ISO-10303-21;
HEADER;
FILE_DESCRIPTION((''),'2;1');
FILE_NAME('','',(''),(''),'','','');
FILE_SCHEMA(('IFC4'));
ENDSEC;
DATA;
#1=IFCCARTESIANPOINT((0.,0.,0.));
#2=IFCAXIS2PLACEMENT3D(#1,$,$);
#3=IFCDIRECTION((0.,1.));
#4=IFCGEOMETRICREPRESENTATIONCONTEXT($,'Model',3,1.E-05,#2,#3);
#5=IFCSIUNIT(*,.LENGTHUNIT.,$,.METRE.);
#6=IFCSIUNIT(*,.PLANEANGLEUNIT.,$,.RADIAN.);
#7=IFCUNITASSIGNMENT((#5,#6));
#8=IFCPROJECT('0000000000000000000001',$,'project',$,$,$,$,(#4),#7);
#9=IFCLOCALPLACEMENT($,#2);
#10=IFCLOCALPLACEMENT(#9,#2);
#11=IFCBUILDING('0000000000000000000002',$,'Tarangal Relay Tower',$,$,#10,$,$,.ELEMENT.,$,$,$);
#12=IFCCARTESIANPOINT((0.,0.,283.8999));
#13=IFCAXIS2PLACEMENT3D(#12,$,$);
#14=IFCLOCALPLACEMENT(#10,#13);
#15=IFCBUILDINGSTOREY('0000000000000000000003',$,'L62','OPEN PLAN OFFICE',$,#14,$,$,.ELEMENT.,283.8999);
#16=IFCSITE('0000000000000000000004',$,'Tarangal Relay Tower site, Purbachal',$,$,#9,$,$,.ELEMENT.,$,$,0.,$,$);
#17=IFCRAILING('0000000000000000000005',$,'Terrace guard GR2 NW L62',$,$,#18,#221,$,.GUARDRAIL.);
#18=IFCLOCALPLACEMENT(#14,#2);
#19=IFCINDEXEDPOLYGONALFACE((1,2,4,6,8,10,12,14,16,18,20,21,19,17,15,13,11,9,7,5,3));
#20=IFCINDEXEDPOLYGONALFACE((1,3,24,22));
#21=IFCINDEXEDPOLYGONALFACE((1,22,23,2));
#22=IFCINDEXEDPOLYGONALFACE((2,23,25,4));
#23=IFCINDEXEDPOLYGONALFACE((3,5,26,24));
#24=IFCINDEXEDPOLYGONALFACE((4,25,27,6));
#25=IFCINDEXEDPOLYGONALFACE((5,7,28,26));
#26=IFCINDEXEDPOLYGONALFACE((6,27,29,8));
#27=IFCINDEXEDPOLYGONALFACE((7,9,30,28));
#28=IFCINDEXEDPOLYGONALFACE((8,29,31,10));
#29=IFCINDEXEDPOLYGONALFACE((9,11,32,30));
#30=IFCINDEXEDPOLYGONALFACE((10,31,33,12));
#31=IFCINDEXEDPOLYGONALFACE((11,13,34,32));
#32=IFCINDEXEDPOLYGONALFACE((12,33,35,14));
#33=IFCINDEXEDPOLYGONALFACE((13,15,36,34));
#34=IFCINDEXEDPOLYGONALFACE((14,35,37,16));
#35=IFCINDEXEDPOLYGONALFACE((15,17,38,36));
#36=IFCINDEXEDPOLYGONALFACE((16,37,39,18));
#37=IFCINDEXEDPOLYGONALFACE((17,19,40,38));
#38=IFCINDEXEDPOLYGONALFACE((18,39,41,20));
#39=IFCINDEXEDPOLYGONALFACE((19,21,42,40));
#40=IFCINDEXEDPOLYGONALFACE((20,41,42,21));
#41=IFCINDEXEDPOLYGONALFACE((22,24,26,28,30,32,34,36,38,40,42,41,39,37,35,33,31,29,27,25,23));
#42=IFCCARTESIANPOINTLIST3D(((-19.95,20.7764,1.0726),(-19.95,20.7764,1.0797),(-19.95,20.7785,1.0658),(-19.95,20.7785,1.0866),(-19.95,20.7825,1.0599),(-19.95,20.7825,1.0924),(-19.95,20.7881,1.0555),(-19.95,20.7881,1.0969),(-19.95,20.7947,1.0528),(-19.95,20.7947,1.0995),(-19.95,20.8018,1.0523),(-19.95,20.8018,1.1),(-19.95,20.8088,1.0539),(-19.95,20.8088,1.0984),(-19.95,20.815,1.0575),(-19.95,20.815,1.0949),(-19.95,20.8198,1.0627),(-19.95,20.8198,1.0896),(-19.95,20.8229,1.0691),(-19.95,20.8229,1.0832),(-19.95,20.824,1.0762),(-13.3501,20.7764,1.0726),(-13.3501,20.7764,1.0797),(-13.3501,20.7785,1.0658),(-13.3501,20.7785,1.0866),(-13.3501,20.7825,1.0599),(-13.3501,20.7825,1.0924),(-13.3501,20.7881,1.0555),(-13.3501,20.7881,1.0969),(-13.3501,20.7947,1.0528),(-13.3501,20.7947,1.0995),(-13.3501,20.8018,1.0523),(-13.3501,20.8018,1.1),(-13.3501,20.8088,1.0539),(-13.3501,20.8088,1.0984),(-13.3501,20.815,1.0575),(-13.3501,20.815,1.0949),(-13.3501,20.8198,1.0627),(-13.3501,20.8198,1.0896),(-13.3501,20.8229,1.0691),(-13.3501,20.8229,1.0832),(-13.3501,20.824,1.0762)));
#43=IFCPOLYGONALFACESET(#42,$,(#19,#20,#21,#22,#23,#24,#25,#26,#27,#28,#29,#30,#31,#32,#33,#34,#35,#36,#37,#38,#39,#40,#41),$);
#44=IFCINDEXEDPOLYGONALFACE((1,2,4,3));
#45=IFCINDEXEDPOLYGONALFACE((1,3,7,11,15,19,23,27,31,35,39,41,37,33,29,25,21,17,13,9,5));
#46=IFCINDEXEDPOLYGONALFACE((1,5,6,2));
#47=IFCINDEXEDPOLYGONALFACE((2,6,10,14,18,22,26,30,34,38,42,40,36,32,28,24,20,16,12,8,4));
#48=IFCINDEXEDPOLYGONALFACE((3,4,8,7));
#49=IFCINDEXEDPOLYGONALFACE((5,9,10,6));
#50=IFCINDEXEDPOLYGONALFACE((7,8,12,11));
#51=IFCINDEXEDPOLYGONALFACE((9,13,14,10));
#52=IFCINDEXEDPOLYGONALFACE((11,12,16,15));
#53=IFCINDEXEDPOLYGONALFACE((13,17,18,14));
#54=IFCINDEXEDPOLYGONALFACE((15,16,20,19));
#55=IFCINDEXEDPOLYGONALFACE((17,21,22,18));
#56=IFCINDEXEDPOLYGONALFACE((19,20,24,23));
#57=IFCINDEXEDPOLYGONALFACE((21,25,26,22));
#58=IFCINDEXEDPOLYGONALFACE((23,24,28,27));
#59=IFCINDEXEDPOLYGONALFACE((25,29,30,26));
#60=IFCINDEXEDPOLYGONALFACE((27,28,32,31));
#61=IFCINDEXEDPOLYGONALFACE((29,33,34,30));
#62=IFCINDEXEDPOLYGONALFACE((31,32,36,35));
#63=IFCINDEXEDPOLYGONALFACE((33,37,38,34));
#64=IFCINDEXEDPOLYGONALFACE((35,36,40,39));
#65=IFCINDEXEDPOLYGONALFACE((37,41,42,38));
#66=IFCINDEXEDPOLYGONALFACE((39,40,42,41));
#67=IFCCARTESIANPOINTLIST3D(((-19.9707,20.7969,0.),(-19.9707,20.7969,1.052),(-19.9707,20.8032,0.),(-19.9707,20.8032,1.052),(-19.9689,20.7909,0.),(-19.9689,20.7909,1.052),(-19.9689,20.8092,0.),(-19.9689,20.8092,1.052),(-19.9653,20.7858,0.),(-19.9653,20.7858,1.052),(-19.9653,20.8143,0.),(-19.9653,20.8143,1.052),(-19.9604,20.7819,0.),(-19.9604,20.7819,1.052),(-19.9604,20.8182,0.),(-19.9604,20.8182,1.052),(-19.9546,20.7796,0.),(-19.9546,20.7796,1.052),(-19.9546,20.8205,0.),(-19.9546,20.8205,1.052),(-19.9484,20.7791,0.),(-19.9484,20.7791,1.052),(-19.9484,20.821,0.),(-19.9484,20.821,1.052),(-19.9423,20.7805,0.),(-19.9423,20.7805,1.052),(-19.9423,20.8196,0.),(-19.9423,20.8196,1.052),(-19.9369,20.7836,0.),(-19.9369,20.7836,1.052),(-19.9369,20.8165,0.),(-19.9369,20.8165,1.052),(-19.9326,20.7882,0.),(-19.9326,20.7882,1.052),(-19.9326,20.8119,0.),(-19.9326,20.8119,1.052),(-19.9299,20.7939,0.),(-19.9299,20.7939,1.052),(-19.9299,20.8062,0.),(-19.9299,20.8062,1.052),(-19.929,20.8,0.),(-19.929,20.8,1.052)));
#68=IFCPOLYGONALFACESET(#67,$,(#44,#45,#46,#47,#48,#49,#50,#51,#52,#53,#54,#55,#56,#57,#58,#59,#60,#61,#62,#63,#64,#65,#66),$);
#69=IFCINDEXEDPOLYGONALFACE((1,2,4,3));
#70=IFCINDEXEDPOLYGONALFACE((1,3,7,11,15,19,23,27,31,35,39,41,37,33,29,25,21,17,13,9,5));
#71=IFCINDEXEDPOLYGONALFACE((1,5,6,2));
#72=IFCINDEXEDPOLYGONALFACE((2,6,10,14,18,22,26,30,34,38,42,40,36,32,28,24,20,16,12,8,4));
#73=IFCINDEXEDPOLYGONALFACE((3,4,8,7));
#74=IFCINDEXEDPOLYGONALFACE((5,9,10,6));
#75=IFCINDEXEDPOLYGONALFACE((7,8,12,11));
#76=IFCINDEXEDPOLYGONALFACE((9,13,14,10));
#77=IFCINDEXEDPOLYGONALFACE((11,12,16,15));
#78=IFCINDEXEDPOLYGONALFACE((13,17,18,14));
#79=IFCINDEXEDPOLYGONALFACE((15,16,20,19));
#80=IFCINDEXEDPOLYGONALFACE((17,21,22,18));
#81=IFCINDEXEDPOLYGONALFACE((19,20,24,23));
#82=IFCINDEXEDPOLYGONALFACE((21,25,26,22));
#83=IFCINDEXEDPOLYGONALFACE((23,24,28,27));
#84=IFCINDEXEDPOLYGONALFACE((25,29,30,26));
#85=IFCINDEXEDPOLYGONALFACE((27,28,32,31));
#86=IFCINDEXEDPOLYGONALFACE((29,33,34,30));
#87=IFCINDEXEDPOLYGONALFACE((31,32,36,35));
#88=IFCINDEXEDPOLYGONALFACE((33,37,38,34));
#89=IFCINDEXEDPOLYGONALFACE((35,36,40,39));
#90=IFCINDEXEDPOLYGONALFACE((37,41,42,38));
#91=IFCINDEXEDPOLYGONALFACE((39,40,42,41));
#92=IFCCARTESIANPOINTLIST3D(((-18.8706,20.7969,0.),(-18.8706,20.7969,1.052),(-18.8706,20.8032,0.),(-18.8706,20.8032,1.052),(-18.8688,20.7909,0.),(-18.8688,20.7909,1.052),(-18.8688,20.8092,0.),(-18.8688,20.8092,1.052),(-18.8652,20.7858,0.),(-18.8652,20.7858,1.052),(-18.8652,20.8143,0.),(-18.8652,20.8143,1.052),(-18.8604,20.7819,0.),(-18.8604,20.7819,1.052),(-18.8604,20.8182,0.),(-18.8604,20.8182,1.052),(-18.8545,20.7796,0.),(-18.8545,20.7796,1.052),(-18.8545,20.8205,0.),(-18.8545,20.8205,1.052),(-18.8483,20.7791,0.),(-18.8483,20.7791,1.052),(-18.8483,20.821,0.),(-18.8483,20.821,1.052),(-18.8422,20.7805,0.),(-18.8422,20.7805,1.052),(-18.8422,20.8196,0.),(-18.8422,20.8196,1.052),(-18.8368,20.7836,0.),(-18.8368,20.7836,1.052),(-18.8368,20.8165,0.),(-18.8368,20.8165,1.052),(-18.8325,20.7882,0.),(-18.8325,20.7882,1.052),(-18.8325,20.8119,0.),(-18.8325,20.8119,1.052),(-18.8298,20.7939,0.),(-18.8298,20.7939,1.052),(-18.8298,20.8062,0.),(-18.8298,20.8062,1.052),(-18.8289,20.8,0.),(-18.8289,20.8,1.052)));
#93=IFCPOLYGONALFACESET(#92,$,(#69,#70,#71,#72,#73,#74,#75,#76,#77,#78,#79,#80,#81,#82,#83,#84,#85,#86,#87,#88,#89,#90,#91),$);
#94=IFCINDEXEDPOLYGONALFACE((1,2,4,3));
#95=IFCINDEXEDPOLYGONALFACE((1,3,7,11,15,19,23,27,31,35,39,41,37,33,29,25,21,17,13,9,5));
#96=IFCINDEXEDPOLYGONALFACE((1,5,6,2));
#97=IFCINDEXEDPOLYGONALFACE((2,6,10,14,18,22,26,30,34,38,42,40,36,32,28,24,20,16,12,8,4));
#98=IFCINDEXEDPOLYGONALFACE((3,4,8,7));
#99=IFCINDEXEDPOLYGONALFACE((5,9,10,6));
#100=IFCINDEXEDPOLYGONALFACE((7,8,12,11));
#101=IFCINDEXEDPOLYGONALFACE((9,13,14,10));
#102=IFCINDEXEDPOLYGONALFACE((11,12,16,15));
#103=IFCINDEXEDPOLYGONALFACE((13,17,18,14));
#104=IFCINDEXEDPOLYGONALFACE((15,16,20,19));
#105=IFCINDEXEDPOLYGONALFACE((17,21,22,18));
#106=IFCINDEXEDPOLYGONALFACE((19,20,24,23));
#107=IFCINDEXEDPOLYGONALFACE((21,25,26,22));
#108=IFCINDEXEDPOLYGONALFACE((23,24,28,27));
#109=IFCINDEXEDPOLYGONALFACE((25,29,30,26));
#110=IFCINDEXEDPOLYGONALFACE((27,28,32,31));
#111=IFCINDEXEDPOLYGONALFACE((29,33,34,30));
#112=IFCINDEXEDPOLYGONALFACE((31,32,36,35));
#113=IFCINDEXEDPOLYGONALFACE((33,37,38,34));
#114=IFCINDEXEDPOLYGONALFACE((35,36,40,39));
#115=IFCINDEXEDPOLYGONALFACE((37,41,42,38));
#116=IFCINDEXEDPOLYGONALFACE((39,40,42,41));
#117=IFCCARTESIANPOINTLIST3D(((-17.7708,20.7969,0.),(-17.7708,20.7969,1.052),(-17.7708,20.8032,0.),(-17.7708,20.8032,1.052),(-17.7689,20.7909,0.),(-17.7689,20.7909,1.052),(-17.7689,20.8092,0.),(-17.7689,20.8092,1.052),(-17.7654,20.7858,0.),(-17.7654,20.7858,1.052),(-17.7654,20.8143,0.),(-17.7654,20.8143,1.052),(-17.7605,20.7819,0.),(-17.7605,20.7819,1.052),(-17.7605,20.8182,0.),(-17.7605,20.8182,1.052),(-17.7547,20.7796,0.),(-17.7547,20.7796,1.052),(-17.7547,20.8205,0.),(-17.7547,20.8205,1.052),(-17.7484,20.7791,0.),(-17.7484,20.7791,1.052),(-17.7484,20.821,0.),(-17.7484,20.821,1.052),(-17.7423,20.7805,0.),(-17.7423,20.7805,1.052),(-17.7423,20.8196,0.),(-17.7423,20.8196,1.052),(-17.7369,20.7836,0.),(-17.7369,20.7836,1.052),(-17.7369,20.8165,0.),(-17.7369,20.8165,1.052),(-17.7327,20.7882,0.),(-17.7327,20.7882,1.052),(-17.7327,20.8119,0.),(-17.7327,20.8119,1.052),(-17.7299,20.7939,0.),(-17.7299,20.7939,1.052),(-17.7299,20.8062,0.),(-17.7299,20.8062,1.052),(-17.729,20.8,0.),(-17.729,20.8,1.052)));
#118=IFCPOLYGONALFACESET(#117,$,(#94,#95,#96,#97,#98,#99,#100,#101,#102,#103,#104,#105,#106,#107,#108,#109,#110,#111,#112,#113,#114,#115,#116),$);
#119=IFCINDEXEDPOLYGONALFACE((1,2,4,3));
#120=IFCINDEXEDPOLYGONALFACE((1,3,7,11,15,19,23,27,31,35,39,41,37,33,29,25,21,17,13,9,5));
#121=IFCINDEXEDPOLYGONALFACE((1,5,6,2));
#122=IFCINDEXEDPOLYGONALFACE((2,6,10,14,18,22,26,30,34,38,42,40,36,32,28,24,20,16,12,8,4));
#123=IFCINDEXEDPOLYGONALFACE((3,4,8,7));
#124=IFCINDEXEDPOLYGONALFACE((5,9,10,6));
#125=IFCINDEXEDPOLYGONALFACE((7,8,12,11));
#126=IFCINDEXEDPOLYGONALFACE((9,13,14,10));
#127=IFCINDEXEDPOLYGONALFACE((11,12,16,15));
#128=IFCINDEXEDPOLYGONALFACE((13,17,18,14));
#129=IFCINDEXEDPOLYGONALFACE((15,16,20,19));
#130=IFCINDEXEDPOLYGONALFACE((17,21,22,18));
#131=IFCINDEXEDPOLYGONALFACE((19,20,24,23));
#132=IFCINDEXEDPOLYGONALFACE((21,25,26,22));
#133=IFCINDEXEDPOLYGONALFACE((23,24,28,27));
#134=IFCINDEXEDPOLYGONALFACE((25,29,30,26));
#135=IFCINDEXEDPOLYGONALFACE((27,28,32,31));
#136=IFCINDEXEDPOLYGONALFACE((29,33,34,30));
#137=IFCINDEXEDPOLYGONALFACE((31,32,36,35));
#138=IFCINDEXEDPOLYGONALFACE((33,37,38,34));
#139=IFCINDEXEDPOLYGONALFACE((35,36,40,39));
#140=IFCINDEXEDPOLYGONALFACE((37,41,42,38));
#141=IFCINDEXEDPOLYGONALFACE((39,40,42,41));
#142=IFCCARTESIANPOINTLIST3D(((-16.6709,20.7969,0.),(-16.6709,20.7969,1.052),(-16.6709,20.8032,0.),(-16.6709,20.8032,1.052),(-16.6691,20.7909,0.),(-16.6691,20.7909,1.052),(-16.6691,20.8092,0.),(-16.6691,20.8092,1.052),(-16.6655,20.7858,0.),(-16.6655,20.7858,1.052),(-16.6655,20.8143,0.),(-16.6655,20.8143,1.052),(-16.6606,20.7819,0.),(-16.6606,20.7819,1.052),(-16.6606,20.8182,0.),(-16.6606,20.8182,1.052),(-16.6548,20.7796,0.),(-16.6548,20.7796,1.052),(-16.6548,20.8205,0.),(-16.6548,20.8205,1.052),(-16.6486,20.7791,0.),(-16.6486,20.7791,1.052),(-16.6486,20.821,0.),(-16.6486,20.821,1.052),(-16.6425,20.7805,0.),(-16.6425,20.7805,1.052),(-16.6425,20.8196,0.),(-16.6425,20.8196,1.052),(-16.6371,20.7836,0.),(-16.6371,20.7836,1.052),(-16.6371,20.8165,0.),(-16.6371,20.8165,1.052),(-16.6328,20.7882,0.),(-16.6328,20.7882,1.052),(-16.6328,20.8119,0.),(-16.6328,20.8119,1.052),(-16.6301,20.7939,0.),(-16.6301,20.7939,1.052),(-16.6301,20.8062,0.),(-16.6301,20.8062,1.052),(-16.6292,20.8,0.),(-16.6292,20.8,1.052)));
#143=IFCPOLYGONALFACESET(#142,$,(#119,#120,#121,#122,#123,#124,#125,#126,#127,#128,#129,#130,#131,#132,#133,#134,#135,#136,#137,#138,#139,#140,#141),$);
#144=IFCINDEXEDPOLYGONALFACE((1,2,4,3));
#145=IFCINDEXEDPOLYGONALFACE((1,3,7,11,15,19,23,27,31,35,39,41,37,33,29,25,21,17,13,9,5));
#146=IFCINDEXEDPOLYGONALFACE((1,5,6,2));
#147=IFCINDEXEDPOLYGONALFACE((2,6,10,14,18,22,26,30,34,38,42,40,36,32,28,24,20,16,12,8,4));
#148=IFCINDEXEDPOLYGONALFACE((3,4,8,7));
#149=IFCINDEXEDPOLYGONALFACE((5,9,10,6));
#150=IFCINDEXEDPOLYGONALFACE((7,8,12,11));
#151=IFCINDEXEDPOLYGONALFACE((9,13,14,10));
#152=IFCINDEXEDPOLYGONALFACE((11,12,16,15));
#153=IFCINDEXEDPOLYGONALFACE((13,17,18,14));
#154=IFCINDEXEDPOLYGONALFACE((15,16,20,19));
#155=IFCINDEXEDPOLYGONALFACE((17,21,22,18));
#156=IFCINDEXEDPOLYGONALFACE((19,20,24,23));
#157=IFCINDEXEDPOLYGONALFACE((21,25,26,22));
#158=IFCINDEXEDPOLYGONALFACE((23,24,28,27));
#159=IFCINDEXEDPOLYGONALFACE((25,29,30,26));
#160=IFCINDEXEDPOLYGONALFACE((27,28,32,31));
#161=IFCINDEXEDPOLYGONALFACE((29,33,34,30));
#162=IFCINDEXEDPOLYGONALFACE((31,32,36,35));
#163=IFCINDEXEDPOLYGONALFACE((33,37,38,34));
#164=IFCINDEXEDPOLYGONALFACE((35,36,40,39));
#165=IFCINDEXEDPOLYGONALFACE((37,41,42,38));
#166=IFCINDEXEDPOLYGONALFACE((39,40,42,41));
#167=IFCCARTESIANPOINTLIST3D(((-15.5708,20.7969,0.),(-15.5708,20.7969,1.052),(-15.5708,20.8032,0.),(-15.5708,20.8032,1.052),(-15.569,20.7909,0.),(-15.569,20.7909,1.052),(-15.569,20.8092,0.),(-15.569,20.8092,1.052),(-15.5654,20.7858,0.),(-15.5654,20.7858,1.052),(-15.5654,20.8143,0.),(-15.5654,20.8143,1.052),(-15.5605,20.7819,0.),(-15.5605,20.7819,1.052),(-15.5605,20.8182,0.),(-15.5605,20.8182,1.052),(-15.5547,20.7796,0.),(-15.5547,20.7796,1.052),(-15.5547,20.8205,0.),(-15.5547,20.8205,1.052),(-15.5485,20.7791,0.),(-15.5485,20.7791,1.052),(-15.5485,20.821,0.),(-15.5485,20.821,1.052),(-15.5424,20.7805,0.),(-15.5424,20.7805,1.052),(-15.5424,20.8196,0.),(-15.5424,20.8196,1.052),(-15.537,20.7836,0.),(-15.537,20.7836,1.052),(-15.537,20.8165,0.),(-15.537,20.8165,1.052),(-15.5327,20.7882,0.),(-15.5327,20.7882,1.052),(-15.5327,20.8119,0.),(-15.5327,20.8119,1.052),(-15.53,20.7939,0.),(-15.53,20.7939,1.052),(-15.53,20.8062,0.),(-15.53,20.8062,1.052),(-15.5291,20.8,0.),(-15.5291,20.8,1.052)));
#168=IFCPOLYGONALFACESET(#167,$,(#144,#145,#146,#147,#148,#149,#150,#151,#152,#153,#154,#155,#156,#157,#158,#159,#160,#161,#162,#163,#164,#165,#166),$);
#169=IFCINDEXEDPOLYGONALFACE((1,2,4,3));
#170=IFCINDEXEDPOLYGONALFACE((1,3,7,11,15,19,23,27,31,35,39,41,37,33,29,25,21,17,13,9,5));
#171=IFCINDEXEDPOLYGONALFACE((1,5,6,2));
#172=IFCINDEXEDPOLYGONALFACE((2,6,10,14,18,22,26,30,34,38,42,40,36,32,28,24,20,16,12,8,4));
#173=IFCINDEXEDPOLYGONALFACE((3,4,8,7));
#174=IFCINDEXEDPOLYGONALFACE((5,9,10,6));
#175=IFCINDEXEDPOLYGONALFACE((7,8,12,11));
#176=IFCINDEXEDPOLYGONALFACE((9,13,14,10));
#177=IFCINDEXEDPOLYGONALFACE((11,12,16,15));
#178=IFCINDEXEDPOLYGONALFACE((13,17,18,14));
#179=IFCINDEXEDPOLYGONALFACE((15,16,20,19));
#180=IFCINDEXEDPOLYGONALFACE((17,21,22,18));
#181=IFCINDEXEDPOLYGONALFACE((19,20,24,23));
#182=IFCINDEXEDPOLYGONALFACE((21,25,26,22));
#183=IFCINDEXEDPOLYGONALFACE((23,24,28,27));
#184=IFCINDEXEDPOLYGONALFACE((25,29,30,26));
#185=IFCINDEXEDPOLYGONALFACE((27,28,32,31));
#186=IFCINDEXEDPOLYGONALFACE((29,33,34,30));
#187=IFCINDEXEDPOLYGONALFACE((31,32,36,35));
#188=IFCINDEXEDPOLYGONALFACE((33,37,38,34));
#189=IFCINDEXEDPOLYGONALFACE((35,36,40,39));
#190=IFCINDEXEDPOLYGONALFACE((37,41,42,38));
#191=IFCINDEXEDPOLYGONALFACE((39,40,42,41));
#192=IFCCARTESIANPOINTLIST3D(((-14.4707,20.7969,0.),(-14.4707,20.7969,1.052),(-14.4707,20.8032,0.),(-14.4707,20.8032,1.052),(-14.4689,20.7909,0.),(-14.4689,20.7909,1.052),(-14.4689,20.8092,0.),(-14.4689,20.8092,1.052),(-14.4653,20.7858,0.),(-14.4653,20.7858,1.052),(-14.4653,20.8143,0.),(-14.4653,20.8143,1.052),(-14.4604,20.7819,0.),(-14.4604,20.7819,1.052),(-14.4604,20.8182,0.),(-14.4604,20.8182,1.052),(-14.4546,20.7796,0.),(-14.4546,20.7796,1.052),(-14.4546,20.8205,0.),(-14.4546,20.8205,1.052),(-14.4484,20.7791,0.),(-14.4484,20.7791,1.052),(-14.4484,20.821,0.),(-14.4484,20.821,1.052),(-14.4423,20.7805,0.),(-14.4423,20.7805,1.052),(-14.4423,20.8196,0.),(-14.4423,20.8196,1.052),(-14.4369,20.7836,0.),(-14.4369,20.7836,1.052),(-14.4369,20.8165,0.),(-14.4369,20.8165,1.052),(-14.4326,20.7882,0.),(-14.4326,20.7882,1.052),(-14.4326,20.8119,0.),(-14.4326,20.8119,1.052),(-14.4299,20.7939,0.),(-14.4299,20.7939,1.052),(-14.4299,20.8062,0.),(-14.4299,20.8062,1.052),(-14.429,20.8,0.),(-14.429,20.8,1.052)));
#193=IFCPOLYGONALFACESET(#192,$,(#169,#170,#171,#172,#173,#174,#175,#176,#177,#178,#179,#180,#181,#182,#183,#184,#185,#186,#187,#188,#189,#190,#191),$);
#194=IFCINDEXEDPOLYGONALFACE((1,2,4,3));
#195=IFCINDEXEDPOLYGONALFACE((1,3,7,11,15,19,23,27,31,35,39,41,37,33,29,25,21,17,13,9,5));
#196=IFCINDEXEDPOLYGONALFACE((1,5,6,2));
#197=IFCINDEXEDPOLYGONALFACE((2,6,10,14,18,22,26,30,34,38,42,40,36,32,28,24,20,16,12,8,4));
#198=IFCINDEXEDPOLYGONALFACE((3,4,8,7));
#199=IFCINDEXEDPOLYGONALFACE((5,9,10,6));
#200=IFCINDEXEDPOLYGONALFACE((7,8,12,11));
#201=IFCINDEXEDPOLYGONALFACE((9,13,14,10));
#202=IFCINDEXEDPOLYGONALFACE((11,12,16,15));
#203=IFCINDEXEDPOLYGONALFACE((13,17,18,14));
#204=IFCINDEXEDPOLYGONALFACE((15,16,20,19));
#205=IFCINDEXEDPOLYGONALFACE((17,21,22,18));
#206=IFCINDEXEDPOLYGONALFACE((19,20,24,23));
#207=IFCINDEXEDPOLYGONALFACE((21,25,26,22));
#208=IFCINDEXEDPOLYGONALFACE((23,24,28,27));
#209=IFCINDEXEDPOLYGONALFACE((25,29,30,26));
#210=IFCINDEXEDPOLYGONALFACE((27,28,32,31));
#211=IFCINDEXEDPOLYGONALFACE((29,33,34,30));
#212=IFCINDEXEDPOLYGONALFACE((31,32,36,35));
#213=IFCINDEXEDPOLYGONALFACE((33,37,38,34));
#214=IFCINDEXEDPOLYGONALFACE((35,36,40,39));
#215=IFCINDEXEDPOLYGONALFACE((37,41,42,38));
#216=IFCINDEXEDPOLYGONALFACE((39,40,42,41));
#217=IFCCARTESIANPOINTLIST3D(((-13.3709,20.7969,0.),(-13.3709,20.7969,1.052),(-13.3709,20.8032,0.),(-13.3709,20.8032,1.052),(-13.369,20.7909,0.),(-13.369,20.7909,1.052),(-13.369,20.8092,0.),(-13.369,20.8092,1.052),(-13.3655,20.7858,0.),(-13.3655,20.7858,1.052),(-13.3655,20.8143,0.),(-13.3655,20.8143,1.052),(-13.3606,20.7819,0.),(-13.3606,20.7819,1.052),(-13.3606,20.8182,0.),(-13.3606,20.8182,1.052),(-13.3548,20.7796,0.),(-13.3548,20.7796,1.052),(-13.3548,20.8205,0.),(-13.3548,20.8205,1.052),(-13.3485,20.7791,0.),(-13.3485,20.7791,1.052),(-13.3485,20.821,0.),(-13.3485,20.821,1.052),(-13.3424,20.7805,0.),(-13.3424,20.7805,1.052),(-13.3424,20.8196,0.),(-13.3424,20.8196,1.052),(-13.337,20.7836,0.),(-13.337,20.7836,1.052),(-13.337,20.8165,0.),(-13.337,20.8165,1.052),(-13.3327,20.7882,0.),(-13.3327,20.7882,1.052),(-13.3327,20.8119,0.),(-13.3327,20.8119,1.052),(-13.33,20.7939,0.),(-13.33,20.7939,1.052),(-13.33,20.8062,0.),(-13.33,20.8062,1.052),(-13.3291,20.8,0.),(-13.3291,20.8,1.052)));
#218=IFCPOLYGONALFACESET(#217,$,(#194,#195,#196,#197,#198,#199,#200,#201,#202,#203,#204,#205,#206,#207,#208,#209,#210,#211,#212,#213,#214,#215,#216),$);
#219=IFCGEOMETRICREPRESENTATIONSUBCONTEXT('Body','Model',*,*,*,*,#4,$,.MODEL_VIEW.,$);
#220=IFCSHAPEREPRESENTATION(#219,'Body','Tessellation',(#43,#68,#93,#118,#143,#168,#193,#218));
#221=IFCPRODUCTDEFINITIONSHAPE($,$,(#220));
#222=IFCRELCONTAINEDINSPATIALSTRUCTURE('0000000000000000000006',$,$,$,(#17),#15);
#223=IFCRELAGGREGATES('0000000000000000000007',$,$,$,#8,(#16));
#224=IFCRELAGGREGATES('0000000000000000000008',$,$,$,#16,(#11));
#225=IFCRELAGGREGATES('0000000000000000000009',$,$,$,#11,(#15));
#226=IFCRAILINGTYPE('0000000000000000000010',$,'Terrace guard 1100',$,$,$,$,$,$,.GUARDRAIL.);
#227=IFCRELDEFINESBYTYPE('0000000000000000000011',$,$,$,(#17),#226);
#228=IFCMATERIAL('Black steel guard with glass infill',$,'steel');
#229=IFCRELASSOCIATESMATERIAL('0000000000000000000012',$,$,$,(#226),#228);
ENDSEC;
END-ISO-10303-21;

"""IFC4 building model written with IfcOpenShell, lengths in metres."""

from ifc_helpers import new_model, si_unit, direction, frame, origin, origin_2d, place, context, subcontext, project, spatial, circle, extrude, material, type_object, element, save


model = new_model("IFC4")

# Units and contexts
model_context = context("Model", 3, precision=1e-05, world=origin(), true_north=direction((0.0, 1.0)))
body_context = subcontext(model_context, "Body", "Model", "MODEL_VIEW")
ifc_project = project(units=[si_unit("LENGTHUNIT", "METRE"), si_unit("PLANEANGLEUNIT", "RADIAN")], contexts=[model_context])

# Site, building, storey
site_placement = place(None, origin())
site = spatial("IfcSite", under=ifc_project, at=site_placement, Name="Tarangal Relay Tower site, Purbachal", CompositionType="ELEMENT", RefElevation=0.0)
building_placement = place(site_placement, origin())
building = spatial("IfcBuilding", under=site, at=building_placement, Name="Tarangal Relay Tower", CompositionType="ELEMENT")
storey_placement = place(building_placement, frame((0.0, 0.0, 283.8999)))
storey = spatial("IfcBuildingStorey", under=building, at=storey_placement, Name="L62", Description="OPEN PLAN OFFICE", CompositionType="ELEMENT", Elevation=283.8999)

# Railing
ifc_material_1 = material(Name="Black steel guard with glass infill", Category="steel")
railing_type = type_object("IfcRailingType", Name="Terrace guard 1100", PredefinedType="GUARDRAIL", material=ifc_material_1)
railing_1_placement = place(storey_placement, frame((-19.95, 20.8, 0.0)))
element("IfcRailing", 1, at=railing_1_placement, inside=storey, type_object=railing_type, Name="Terrace guard GR2 NW L62", PredefinedType="GUARDRAIL", context=body_context, shape_type="SweptSolid", body=[
    extrude(circle(Radius=0.0239, at=origin_2d()), frame((0.0, 0.0, 1.0762), z_axis=(1.0, 0.0, 0.0), x_axis=(0.0, 1.0, 0.0)), (0.0, 0.0, 1.0), 6.5999),
    extrude(circle(Radius=0.021, at=origin_2d()), origin(), (0.0, 0.0, 1.0), 1.052),
    extrude(circle(Radius=0.021, at=origin_2d()), frame((1.1001, 0.0, 0.0)), (0.0, 0.0, 1.0), 1.052),
    extrude(circle(Radius=0.021, at=origin_2d()), frame((2.2, 0.0, 0.0)), (0.0, 0.0, 1.0), 1.052),
    extrude(circle(Radius=0.021, at=origin_2d()), frame((3.2998, 0.0, 0.0)), (0.0, 0.0, 1.0), 1.052),
    extrude(circle(Radius=0.021, at=origin_2d()), frame((4.3999, 0.0, 0.0)), (0.0, 0.0, 1.0), 1.052),
    extrude(circle(Radius=0.021, at=origin_2d()), frame((5.5, 0.0, 0.0)), (0.0, 0.0, 1.0), 1.052),
    extrude(circle(Radius=0.021, at=origin_2d()), frame((6.5999, 0.0, 0.0)), (0.0, 0.0, 1.0), 1.052),
])

save(model, "model.ifc")
